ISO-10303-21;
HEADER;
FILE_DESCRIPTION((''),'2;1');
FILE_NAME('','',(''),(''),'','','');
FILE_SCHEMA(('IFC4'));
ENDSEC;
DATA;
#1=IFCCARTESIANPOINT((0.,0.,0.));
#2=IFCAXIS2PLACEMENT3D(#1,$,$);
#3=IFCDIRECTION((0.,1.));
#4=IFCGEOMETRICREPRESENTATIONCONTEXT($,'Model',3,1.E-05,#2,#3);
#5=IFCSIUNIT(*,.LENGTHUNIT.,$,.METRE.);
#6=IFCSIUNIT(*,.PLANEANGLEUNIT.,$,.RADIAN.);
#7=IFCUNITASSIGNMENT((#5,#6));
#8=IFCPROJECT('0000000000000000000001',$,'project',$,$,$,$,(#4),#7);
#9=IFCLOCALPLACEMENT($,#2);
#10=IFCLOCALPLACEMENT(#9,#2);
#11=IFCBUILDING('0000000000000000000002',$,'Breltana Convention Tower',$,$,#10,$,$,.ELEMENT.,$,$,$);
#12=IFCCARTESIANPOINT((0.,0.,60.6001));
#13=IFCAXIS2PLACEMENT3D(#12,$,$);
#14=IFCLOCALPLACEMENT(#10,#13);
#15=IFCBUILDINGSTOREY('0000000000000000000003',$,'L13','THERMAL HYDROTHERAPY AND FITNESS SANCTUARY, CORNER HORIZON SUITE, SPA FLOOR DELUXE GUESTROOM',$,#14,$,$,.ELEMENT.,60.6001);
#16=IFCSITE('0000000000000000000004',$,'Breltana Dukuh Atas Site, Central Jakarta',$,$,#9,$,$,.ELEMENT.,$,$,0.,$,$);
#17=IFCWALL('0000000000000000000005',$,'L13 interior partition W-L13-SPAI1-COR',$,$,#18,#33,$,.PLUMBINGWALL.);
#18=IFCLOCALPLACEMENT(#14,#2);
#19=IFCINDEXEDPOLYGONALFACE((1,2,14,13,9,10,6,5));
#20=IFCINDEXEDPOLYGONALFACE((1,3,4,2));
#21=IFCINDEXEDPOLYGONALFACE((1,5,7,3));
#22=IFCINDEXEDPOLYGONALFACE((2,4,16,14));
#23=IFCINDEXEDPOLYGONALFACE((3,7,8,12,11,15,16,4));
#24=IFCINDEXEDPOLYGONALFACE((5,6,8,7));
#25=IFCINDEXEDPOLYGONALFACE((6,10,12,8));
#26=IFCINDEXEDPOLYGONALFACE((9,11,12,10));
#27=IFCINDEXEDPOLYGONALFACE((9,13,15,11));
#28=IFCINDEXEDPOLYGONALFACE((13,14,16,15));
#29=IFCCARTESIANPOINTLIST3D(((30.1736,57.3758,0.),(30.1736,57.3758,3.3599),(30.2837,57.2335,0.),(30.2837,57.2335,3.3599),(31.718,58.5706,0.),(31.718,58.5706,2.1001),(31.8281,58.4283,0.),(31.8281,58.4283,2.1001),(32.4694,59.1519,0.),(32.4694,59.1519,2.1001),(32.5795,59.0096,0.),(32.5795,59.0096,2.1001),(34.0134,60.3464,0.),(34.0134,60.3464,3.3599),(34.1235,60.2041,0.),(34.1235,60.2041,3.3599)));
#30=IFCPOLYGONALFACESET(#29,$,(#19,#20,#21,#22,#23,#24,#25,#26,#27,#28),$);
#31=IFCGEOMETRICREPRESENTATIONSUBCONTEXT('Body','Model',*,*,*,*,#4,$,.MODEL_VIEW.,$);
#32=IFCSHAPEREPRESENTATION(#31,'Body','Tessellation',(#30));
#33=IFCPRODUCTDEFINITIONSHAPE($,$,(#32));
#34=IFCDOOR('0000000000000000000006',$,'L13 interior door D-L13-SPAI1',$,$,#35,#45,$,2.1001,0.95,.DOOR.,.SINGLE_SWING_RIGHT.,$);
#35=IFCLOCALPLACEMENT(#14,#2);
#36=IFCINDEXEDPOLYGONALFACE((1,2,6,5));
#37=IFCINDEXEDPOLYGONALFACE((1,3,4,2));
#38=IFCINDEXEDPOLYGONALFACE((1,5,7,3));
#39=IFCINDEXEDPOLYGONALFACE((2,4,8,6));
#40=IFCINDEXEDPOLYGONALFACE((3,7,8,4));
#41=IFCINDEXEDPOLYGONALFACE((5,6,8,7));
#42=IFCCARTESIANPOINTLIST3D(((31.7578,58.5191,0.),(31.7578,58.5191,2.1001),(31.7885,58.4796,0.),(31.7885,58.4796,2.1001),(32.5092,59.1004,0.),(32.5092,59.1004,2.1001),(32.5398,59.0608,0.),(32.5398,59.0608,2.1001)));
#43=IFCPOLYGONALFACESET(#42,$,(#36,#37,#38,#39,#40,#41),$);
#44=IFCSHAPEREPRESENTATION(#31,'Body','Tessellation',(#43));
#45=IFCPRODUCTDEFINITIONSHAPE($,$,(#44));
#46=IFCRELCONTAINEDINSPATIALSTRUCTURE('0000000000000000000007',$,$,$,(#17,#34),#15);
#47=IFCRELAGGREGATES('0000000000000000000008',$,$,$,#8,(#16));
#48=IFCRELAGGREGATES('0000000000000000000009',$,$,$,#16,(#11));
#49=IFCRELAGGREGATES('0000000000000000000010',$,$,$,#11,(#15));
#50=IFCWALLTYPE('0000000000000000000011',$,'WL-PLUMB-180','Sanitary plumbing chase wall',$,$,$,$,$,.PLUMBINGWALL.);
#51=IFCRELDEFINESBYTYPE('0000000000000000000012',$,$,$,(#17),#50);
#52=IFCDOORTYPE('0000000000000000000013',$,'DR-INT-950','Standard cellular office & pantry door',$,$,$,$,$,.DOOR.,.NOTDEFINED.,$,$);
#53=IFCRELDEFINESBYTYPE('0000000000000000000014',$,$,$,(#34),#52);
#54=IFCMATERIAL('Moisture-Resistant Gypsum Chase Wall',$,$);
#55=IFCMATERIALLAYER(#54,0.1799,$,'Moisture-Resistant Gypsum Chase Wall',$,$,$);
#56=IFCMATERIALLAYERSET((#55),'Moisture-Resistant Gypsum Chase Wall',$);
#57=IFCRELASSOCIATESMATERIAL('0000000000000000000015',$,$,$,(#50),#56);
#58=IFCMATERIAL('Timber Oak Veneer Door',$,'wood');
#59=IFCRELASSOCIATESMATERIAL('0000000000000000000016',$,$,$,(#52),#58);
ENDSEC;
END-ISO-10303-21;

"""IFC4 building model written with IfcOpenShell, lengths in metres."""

from ifc_helpers import new_model, si_unit, direction, frame, frame_2d, origin, place, context, subcontext, project, spatial, rectangle, extrude, source, transform, mapped, material, layer, layer_set, type_object, type_shapes, element, fill, save


model = new_model("IFC4")

# Units and contexts
model_context = context("Model", 3, precision=1e-05, world=origin(), true_north=direction((0.0, 1.0)))
body_context = subcontext(model_context, "Body", "Model", "MODEL_VIEW")
ifc_project = project(units=[si_unit("LENGTHUNIT", "METRE"), si_unit("PLANEANGLEUNIT", "RADIAN")], contexts=[model_context])

# Site, building, storey
site_placement = place(None, origin())
site = spatial("IfcSite", under=ifc_project, at=site_placement, Name="Breltana Dukuh Atas Site, Central Jakarta", CompositionType="ELEMENT", RefElevation=0.0)
building_placement = place(site_placement, origin())
building = spatial("IfcBuilding", under=site, at=building_placement, Name="Breltana Convention Tower", CompositionType="ELEMENT")
storey_placement = place(building_placement, frame((0.0, 0.0, 60.6001)))
storey = spatial("IfcBuildingStorey", under=building, at=storey_placement, Name="L13", Description="THERMAL HYDROTHERAPY AND FITNESS SANCTUARY, CORNER HORIZON SUITE, SPA FLOOR DELUXE GUESTROOM", CompositionType="ELEMENT", Elevation=60.6001)

# Wall, opening, door
ifc_material_1 = material(Name="Moisture-Resistant Gypsum Chase Wall")
ifc_layer_1 = layer(ifc_material_1, 0.1799, Name="Moisture-Resistant Gypsum Chase Wall")
ifc_layer_set_1 = layer_set([ifc_layer_1], Name="Moisture-Resistant Gypsum Chase Wall")
wall_type_1 = type_object("IfcWallType", Name="WL-PLUMB-180", Description="Sanitary plumbing chase wall", PredefinedType="PLUMBINGWALL", material=ifc_layer_set_1)
shared_shape_1 = source(origin(), body_context, "Body", "SweptSolid", [
    extrude(rectangle(XDim=4.8547, YDim=0.1799, at=frame_2d((2.4272, 0.0))), origin(), (0.0, 0.0, 1.0), 3.3599),
])
wall_1_placement = place(storey_placement, frame((30.2288, 57.3047, 0.0), z_axis=(0.0, 0.0, 1.0), x_axis=(0.790931, 0.611905, 0.0)))
wall_1 = element("IfcWall", 1, at=wall_1_placement, inside=storey, type_object=wall_type_1, Name="L13 interior partition W-L13-SPAI1-COR", PredefinedType="PLUMBINGWALL", context=body_context, shape_type="MappedRepresentation", body=[
    mapped(shared_shape_1, transform((0.0, 0.0, 0.0), scale=1.0)),
])
opening_1_placement = place(wall_1_placement, frame((1.9524, 0.0, 0.0)))
opening_1 = element("IfcOpeningElement", 2, at=opening_1_placement, cuts=wall_1, PredefinedType="OPENING", context=body_context, shape_type="SweptSolid", body=[
    extrude(rectangle(XDim=0.95, YDim=2.1001, at=frame_2d((0.4751, 1.05))), frame((0.0, 0.1001, 0.0), z_axis=(0.0, -1.0, 0.0), x_axis=(1.0, 0.0, 0.0)), (0.0, 0.0, 1.0), 0.2),
])
ifc_material_2 = material(Name="Timber Oak Veneer Door", Category="wood")
door_type_1 = type_object("IfcDoorType", Name="DR-INT-950", Description="Standard cellular office & pantry door", OperationType="NOTDEFINED", PredefinedType="DOOR", material=ifc_material_2)
shared_shape_2 = source(origin(), body_context, "Body", "SweptSolid", [
    extrude(rectangle(XDim=0.95, YDim=2.1001, at=frame_2d((0.4751, 1.05))), frame((0.0, 0.0249, 0.0), z_axis=(0.0, -1.0, 0.0), x_axis=(1.0, 0.0, 0.0)), (0.0, 0.0, 1.0), 0.05),
])
type_shapes(door_type_1, [shared_shape_2])
door_1_placement = place(opening_1_placement, origin())
door_1 = element("IfcDoor", 3, at=door_1_placement, inside=storey, type_object=door_type_1, Name="L13 interior door D-L13-SPAI1", OperationType="SINGLE_SWING_RIGHT", OverallHeight=2.1001, OverallWidth=0.95, PredefinedType="DOOR", context=body_context, shape_type="MappedRepresentation", body=[
    mapped(shared_shape_2, transform((0.0, 0.0, 0.0), scale=1.0)),
])
fill(opening_1, door_1)

save(model, "model.ifc")
